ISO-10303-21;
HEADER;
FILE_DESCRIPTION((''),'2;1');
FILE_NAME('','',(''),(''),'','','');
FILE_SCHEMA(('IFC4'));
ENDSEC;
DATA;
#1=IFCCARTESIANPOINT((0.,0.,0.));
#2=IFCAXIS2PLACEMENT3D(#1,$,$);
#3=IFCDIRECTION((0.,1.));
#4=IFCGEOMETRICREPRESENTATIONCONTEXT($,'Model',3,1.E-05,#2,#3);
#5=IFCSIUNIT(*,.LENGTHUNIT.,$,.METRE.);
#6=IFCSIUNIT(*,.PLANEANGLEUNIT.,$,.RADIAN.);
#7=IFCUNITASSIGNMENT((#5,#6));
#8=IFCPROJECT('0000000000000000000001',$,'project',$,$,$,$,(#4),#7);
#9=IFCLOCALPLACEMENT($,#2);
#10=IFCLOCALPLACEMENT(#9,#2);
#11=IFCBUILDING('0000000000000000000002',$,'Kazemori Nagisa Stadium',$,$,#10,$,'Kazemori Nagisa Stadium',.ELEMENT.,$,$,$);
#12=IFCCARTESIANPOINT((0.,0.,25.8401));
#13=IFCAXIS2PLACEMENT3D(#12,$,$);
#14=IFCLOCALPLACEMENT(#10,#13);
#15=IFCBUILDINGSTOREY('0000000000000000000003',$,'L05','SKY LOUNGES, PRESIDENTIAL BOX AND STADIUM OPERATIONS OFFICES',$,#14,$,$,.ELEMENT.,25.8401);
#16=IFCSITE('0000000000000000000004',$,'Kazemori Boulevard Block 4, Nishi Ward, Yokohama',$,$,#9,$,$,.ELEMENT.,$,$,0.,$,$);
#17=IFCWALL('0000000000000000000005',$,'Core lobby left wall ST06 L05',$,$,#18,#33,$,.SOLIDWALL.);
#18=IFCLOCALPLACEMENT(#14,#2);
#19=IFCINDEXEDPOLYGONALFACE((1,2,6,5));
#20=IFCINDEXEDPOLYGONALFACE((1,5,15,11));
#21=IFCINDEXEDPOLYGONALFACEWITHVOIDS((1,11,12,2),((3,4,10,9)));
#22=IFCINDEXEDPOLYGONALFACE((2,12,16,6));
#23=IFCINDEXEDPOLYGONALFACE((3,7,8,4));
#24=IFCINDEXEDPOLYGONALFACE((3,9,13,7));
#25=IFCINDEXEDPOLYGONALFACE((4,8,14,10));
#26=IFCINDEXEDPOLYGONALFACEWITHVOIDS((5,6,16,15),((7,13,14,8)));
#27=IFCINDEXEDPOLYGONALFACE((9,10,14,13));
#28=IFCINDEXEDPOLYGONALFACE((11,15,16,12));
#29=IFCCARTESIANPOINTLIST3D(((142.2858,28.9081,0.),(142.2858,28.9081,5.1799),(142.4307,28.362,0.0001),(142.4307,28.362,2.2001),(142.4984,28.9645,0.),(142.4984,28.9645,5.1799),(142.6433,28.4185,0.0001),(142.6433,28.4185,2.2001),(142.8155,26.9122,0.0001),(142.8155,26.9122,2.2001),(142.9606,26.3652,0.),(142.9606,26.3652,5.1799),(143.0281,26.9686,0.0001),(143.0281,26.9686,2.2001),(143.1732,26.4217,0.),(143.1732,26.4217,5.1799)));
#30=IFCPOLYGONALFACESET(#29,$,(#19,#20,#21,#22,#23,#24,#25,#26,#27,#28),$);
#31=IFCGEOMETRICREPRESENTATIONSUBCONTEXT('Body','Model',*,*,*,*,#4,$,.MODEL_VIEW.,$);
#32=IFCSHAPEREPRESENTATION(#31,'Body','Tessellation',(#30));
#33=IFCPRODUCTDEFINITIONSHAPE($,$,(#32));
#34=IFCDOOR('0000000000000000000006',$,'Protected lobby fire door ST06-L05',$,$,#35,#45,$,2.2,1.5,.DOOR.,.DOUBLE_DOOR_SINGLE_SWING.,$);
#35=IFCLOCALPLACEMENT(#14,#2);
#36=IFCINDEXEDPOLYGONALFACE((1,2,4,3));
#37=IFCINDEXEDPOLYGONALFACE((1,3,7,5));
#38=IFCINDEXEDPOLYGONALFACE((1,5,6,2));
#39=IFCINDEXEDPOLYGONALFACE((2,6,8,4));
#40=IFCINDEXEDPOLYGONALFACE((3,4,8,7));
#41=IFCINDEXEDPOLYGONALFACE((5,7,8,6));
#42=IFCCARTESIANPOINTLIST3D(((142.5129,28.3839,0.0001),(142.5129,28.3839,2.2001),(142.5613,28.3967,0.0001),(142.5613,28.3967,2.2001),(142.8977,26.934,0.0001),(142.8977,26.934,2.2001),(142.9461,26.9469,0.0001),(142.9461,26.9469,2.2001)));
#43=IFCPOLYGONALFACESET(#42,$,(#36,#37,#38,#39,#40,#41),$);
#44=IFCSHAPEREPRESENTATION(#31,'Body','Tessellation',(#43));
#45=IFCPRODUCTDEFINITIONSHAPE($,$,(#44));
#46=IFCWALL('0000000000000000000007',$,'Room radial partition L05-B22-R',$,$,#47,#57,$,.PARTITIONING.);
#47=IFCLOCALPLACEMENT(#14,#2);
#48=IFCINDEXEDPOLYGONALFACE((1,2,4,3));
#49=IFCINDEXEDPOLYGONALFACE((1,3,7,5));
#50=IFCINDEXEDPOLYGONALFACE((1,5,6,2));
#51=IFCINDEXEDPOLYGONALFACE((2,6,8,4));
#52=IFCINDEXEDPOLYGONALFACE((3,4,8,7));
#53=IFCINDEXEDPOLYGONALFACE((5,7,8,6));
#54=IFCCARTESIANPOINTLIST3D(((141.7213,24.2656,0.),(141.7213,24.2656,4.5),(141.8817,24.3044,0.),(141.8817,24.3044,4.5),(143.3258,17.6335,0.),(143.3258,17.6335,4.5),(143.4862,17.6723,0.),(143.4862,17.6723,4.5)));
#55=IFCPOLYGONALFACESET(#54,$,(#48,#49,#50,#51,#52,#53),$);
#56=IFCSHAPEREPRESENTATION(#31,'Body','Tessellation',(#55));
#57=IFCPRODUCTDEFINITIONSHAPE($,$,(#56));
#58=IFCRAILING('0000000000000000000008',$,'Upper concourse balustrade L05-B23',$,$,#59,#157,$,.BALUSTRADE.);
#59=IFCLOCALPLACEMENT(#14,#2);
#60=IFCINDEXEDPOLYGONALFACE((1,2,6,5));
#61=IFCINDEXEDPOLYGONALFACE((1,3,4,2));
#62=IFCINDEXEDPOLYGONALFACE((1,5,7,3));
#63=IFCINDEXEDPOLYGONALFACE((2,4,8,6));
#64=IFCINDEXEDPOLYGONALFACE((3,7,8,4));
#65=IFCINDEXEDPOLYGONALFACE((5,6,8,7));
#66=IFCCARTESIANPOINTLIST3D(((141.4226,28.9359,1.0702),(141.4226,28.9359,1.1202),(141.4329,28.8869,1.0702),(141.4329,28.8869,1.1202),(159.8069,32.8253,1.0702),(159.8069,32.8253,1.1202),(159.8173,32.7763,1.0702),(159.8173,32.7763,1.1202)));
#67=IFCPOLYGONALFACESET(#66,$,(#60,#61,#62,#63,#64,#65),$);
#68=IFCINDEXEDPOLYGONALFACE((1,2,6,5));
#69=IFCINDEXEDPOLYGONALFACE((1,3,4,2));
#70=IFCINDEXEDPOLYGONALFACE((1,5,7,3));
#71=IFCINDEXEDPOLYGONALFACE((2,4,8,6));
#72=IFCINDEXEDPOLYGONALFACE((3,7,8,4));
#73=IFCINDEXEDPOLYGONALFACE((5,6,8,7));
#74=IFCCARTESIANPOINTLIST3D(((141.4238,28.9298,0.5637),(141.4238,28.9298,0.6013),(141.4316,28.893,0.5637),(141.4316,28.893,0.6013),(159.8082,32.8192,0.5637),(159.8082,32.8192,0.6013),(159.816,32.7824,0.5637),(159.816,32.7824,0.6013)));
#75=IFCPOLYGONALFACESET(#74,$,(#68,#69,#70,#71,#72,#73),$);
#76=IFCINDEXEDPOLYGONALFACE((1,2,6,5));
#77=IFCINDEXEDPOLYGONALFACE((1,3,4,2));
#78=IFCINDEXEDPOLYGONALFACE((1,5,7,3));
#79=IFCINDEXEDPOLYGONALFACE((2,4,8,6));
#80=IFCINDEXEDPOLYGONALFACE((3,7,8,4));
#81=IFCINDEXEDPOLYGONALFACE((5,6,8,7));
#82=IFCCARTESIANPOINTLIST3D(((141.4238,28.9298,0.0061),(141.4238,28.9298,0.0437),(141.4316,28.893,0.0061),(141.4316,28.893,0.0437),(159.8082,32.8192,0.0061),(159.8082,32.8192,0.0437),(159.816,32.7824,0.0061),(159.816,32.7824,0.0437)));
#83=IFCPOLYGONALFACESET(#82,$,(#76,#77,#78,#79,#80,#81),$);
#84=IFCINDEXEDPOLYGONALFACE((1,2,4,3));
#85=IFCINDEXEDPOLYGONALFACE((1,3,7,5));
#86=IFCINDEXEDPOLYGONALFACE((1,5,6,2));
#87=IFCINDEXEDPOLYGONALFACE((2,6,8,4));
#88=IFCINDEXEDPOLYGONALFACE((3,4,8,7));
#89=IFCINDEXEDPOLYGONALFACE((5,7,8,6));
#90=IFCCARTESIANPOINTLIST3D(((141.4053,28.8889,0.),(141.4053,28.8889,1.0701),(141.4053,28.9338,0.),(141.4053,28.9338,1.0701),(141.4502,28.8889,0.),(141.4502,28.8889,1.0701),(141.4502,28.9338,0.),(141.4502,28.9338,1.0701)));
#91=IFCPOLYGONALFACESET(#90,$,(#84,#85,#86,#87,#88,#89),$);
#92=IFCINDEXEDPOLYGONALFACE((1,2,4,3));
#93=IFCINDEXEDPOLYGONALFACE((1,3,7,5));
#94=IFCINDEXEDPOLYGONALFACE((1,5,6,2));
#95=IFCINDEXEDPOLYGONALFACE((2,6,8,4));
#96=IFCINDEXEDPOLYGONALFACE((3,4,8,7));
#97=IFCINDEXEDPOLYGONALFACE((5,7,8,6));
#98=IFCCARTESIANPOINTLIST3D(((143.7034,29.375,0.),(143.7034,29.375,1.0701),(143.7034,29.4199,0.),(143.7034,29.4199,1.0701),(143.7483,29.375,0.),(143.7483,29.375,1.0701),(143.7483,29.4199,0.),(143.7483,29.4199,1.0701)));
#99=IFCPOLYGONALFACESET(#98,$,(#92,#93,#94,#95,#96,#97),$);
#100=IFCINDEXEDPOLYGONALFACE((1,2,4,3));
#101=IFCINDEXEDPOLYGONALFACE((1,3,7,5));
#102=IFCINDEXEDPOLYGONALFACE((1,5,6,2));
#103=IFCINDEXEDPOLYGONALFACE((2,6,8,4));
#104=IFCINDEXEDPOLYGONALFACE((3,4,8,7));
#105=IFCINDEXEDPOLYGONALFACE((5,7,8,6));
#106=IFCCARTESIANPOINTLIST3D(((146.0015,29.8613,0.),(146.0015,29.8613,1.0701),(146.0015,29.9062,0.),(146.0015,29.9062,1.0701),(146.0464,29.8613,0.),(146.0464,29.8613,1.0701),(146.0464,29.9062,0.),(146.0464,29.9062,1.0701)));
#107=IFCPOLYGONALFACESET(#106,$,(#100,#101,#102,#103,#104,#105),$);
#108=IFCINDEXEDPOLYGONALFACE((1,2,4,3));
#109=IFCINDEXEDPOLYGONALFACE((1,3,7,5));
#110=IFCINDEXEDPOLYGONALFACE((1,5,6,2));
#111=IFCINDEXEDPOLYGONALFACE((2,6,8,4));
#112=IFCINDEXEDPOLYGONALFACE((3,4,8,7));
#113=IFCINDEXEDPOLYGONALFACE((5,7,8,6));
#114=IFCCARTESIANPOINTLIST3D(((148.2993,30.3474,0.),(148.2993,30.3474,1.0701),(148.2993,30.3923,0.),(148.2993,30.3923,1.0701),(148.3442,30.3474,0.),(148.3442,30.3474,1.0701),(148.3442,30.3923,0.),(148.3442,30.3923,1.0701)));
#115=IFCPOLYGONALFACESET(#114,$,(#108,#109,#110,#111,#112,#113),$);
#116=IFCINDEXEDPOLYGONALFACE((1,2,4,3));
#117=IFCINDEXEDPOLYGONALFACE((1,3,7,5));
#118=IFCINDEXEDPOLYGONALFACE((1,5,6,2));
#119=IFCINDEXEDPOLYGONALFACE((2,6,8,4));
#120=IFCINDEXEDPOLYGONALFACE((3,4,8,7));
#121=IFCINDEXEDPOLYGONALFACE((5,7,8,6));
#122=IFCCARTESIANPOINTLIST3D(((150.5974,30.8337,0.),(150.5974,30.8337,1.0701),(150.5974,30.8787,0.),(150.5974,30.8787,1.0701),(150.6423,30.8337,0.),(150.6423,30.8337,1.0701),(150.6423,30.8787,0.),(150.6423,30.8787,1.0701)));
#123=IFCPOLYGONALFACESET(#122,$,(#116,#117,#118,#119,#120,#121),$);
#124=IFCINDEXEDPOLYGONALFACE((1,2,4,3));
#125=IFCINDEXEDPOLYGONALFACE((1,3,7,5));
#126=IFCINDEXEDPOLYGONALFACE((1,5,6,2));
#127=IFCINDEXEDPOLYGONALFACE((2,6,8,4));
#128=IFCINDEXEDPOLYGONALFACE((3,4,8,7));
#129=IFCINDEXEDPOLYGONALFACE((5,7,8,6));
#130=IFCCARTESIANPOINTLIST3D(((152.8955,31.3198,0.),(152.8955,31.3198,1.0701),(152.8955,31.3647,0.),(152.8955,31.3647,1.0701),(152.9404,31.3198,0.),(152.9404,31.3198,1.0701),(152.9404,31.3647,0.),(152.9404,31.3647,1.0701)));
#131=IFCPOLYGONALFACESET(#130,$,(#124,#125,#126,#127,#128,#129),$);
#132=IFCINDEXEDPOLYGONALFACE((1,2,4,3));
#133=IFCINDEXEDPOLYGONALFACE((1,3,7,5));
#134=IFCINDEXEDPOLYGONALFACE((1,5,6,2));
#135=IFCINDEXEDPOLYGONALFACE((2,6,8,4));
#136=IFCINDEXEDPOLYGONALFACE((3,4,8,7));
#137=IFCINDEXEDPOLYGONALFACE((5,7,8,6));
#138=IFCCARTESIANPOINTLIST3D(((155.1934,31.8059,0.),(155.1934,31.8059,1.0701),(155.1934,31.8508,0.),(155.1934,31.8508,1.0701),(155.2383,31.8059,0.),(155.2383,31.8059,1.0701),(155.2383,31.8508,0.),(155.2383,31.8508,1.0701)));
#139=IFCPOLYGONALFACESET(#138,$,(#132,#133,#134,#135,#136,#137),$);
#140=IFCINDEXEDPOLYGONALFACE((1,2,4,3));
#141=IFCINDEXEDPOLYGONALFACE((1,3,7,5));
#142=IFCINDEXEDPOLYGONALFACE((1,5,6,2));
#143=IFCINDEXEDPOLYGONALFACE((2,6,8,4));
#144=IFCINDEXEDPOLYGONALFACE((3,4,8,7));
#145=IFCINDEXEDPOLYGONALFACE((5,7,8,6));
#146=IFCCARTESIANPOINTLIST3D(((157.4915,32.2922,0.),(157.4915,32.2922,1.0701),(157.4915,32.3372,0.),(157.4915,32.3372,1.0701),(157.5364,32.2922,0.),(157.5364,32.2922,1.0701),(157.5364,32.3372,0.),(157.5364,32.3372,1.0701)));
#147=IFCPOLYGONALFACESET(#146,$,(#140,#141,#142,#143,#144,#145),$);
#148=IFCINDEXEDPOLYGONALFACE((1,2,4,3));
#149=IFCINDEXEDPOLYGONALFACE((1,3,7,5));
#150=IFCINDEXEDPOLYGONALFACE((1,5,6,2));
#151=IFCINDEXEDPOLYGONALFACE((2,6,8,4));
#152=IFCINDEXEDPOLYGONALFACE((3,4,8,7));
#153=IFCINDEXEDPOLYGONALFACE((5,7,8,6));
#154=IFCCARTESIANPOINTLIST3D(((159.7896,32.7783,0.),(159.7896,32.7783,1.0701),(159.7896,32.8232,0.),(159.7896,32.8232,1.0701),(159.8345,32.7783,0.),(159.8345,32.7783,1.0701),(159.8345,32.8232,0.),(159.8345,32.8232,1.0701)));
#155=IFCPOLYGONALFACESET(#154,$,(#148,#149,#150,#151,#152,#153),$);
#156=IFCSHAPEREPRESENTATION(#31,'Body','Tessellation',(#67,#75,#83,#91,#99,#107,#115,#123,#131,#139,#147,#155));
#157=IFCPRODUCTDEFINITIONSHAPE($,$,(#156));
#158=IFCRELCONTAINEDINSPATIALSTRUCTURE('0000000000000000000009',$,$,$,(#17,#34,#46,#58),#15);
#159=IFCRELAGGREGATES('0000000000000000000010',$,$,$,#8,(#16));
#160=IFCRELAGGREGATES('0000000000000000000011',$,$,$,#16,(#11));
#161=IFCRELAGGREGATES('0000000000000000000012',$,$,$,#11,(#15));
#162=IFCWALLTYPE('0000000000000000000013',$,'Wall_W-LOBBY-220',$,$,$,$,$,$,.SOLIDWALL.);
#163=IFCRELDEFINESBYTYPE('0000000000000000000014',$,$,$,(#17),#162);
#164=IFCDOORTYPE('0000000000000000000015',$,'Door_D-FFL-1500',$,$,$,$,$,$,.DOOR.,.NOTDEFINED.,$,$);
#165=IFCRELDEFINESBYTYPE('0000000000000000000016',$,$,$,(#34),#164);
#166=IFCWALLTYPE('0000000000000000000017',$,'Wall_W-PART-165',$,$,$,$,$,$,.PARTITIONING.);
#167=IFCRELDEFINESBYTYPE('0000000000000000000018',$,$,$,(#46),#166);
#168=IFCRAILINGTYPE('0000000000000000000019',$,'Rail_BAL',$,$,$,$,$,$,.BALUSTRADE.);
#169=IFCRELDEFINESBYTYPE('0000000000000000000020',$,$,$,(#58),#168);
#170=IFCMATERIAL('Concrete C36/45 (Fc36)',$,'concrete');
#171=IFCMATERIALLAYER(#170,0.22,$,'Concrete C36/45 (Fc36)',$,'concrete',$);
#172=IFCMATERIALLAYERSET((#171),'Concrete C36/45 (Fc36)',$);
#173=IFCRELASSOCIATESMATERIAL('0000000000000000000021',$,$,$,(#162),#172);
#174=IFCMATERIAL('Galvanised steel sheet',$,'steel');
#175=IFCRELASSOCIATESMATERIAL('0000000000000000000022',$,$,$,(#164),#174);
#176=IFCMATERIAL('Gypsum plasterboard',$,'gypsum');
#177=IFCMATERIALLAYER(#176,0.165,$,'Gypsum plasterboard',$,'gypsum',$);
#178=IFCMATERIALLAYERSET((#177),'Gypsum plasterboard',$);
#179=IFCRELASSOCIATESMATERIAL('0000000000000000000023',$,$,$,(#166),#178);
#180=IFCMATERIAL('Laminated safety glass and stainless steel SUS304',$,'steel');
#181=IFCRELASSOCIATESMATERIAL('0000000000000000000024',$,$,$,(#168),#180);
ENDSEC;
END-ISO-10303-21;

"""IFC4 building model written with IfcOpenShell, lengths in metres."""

from ifc_helpers import new_model, si_unit, direction, frame, frame_2d, origin, origin_2d, place, context, subcontext, project, spatial, rectangle, extrude, material, layer, layer_set, type_object, element, fill, save


model = new_model("IFC4")

# Units and contexts
model_context = context("Model", 3, precision=1e-05, world=origin(), true_north=direction((0.0, 1.0)))
body_context = subcontext(model_context, "Body", "Model", "MODEL_VIEW")
ifc_project = project(units=[si_unit("LENGTHUNIT", "METRE"), si_unit("PLANEANGLEUNIT", "RADIAN")], contexts=[model_context])

# Site, building, storey
site_placement = place(None, origin())
site = spatial("IfcSite", under=ifc_project, at=site_placement, Name="Kazemori Boulevard Block 4, Nishi Ward, Yokohama", CompositionType="ELEMENT", RefElevation=0.0)
building_placement = place(site_placement, origin())
building = spatial("IfcBuilding", under=site, at=building_placement, Name="Kazemori Nagisa Stadium", LongName="Kazemori Nagisa Stadium", CompositionType="ELEMENT")
storey_placement = place(building_placement, frame((0.0, 0.0, 25.8401)))
storey = spatial("IfcBuildingStorey", under=building, at=storey_placement, Name="L05", Description="SKY LOUNGES, PRESIDENTIAL BOX AND STADIUM OPERATIONS OFFICES", CompositionType="ELEMENT", Elevation=25.8401)

# Shared definitions
ifc_material_1 = material(Name="Galvanised steel sheet", Category="steel")

# Shared definitions
ifc_material_2 = material(Name="Concrete C36/45 (Fc36)", Category="concrete")
ifc_layer_1 = layer(ifc_material_2, 0.22, Name="Concrete C36/45 (Fc36)", Category="concrete")
ifc_layer_set_1 = layer_set([ifc_layer_1], Name="Concrete C36/45 (Fc36)")
wall_type_1 = type_object("IfcWallType", Name="Wall_W-LOBBY-220", PredefinedType="SOLIDWALL", material=ifc_layer_set_1)

# Wall, opening, door
wall_1_placement = place(storey_placement, frame((142.3921, 28.9363, 0.0), z_axis=(0.0, 0.0, 1.0), x_axis=(0.256507, -0.966542, 0.0)))
wall_1 = element("IfcWall", 1, at=wall_1_placement, inside=storey, type_object=wall_type_1, Name="Core lobby left wall ST06 L05", PredefinedType="SOLIDWALL", context=body_context, shape_type="SweptSolid", body=[
    extrude(rectangle(XDim=2.6309, YDim=0.22, at=frame_2d((1.3154, 0.0))), origin(), (0.0, 0.0, 1.0), 5.1799),
])
opening_1_placement = place(wall_1_placement, frame((0.5649, 0.0, 0.0)))
opening_1 = element("IfcOpeningElement", 2, at=opening_1_placement, cuts=wall_1, PredefinedType="OPENING", context=body_context, shape_type="SweptSolid", body=[
    extrude(rectangle(XDim=1.5, YDim=2.2, at=frame_2d((0.75, 1.1001))), frame((0.0, 0.1199, 0.0), z_axis=(0.0, -1.0, 0.0), x_axis=(1.0, 0.0, 0.0)), (0.0, 0.0, 1.0), 0.24),
])
door_type_1 = type_object("IfcDoorType", Name="Door_D-FFL-1500", OperationType="NOTDEFINED", PredefinedType="DOOR", material=ifc_material_1)
door_1_placement = place(opening_1_placement, frame((1.5, 0.0, 0.0), z_axis=(0.0, 0.0, 1.0), x_axis=(-1.0, 0.0, 0.0)))
door_1 = element("IfcDoor", 3, at=door_1_placement, inside=storey, type_object=door_type_1, Name="Protected lobby fire door ST06-L05", OperationType="DOUBLE_DOOR_SINGLE_SWING", OverallHeight=2.2, OverallWidth=1.5, PredefinedType="DOOR", context=body_context, shape_type="SweptSolid", body=[
    extrude(rectangle(XDim=1.5, YDim=2.2, at=frame_2d((0.75, 1.1001))), frame((0.0, 0.0249, 0.0), z_axis=(0.0, -1.0, 0.0), x_axis=(1.0, 0.0, 0.0)), (0.0, 0.0, 1.0), 0.05),
])
fill(opening_1, door_1)

# Wall
ifc_material_3 = material(Name="Gypsum plasterboard", Category="gypsum")
ifc_layer_2 = layer(ifc_material_3, 0.165, Name="Gypsum plasterboard", Category="gypsum")
ifc_layer_set_2 = layer_set([ifc_layer_2], Name="Gypsum plasterboard")
wall_type_2 = type_object("IfcWallType", Name="Wall_W-PART-165", PredefinedType="PARTITIONING", material=ifc_layer_set_2)
wall_2_placement = place(storey_placement, frame((141.8015, 24.2849, 0.0), z_axis=(0.0, 0.0, 1.0), x_axis=(0.235145, -0.97196, 0.0)))
element("IfcWall", 4, at=wall_2_placement, inside=storey, type_object=wall_type_2, Name="Room radial partition L05-B22-R", PredefinedType="PARTITIONING", context=body_context, shape_type="SweptSolid", body=[
    extrude(rectangle(XDim=6.8235, YDim=0.165, at=frame_2d((3.4116, 0.0))), origin(), (0.0, 0.0, 1.0), 4.5),
])

# Railing
ifc_material_4 = material(Name="Laminated safety glass and stainless steel SUS304", Category="steel")
railing_type_1 = type_object("IfcRailingType", Name="Rail_BAL", PredefinedType="BALUSTRADE", material=ifc_material_4)
railing_1_placement = place(storey_placement, frame((141.4277, 28.9114, 0.0)))
element("IfcRailing", 5, at=railing_1_placement, inside=storey, type_object=railing_type_1, Name="Upper concourse balustrade L05-B23", PredefinedType="BALUSTRADE", context=body_context, shape_type="SweptSolid", body=[
    extrude(rectangle(XDim=0.05, YDim=0.05, at=origin_2d()), frame((0.0, 0.0, 1.0952), z_axis=(0.978345, 0.20698, 0.0), x_axis=(-0.20698, 0.978345, 0.0)), (0.0, 0.0, 1.0), 18.7913),
    extrude(rectangle(XDim=0.0376, YDim=0.0376, at=origin_2d()), frame((0.0, 0.0, 0.5825), z_axis=(0.978345, 0.20698, 0.0), x_axis=(-0.20698, 0.978345, 0.0)), (0.0, 0.0, 1.0), 18.7913),
    extrude(rectangle(XDim=0.0376, YDim=0.0376, at=origin_2d()), frame((0.0, 0.0, 0.0249), z_axis=(0.978345, 0.20698, 0.0), x_axis=(-0.20698, 0.978345, 0.0)), (0.0, 0.0, 1.0), 18.7913),
    extrude(rectangle(XDim=0.0449, YDim=0.0449, at=origin_2d()), origin(), (0.0, 0.0, 1.0), 1.0701),
    extrude(rectangle(XDim=0.0449, YDim=0.0449, at=origin_2d()), frame((2.2981, 0.4861, 0.0)), (0.0, 0.0, 1.0), 1.0701),
    extrude(rectangle(XDim=0.0449, YDim=0.0449, at=origin_2d()), frame((4.5962, 0.9724, 0.0)), (0.0, 0.0, 1.0), 1.0701),
    extrude(rectangle(XDim=0.0449, YDim=0.0449, at=origin_2d()), frame((6.894, 1.4585, 0.0)), (0.0, 0.0, 1.0), 1.0701),
    extrude(rectangle(XDim=0.0449, YDim=0.0449, at=origin_2d()), frame((9.1921, 1.9448, 0.0)), (0.0, 0.0, 1.0), 1.0701),
    extrude(rectangle(XDim=0.0449, YDim=0.0449, at=origin_2d()), frame((11.4902, 2.4309, 0.0)), (0.0, 0.0, 1.0), 1.0701),
    extrude(rectangle(XDim=0.0449, YDim=0.0449, at=origin_2d()), frame((13.7881, 2.917, 0.0)), (0.0, 0.0, 1.0), 1.0701),
    extrude(rectangle(XDim=0.0449, YDim=0.0449, at=origin_2d()), frame((16.0862, 3.4033, 0.0)), (0.0, 0.0, 1.0), 1.0701),
    extrude(rectangle(XDim=0.0449, YDim=0.0449, at=origin_2d()), frame((18.3843, 3.8894, 0.0)), (0.0, 0.0, 1.0), 1.0701),
])

save(model, "model.ifc")
